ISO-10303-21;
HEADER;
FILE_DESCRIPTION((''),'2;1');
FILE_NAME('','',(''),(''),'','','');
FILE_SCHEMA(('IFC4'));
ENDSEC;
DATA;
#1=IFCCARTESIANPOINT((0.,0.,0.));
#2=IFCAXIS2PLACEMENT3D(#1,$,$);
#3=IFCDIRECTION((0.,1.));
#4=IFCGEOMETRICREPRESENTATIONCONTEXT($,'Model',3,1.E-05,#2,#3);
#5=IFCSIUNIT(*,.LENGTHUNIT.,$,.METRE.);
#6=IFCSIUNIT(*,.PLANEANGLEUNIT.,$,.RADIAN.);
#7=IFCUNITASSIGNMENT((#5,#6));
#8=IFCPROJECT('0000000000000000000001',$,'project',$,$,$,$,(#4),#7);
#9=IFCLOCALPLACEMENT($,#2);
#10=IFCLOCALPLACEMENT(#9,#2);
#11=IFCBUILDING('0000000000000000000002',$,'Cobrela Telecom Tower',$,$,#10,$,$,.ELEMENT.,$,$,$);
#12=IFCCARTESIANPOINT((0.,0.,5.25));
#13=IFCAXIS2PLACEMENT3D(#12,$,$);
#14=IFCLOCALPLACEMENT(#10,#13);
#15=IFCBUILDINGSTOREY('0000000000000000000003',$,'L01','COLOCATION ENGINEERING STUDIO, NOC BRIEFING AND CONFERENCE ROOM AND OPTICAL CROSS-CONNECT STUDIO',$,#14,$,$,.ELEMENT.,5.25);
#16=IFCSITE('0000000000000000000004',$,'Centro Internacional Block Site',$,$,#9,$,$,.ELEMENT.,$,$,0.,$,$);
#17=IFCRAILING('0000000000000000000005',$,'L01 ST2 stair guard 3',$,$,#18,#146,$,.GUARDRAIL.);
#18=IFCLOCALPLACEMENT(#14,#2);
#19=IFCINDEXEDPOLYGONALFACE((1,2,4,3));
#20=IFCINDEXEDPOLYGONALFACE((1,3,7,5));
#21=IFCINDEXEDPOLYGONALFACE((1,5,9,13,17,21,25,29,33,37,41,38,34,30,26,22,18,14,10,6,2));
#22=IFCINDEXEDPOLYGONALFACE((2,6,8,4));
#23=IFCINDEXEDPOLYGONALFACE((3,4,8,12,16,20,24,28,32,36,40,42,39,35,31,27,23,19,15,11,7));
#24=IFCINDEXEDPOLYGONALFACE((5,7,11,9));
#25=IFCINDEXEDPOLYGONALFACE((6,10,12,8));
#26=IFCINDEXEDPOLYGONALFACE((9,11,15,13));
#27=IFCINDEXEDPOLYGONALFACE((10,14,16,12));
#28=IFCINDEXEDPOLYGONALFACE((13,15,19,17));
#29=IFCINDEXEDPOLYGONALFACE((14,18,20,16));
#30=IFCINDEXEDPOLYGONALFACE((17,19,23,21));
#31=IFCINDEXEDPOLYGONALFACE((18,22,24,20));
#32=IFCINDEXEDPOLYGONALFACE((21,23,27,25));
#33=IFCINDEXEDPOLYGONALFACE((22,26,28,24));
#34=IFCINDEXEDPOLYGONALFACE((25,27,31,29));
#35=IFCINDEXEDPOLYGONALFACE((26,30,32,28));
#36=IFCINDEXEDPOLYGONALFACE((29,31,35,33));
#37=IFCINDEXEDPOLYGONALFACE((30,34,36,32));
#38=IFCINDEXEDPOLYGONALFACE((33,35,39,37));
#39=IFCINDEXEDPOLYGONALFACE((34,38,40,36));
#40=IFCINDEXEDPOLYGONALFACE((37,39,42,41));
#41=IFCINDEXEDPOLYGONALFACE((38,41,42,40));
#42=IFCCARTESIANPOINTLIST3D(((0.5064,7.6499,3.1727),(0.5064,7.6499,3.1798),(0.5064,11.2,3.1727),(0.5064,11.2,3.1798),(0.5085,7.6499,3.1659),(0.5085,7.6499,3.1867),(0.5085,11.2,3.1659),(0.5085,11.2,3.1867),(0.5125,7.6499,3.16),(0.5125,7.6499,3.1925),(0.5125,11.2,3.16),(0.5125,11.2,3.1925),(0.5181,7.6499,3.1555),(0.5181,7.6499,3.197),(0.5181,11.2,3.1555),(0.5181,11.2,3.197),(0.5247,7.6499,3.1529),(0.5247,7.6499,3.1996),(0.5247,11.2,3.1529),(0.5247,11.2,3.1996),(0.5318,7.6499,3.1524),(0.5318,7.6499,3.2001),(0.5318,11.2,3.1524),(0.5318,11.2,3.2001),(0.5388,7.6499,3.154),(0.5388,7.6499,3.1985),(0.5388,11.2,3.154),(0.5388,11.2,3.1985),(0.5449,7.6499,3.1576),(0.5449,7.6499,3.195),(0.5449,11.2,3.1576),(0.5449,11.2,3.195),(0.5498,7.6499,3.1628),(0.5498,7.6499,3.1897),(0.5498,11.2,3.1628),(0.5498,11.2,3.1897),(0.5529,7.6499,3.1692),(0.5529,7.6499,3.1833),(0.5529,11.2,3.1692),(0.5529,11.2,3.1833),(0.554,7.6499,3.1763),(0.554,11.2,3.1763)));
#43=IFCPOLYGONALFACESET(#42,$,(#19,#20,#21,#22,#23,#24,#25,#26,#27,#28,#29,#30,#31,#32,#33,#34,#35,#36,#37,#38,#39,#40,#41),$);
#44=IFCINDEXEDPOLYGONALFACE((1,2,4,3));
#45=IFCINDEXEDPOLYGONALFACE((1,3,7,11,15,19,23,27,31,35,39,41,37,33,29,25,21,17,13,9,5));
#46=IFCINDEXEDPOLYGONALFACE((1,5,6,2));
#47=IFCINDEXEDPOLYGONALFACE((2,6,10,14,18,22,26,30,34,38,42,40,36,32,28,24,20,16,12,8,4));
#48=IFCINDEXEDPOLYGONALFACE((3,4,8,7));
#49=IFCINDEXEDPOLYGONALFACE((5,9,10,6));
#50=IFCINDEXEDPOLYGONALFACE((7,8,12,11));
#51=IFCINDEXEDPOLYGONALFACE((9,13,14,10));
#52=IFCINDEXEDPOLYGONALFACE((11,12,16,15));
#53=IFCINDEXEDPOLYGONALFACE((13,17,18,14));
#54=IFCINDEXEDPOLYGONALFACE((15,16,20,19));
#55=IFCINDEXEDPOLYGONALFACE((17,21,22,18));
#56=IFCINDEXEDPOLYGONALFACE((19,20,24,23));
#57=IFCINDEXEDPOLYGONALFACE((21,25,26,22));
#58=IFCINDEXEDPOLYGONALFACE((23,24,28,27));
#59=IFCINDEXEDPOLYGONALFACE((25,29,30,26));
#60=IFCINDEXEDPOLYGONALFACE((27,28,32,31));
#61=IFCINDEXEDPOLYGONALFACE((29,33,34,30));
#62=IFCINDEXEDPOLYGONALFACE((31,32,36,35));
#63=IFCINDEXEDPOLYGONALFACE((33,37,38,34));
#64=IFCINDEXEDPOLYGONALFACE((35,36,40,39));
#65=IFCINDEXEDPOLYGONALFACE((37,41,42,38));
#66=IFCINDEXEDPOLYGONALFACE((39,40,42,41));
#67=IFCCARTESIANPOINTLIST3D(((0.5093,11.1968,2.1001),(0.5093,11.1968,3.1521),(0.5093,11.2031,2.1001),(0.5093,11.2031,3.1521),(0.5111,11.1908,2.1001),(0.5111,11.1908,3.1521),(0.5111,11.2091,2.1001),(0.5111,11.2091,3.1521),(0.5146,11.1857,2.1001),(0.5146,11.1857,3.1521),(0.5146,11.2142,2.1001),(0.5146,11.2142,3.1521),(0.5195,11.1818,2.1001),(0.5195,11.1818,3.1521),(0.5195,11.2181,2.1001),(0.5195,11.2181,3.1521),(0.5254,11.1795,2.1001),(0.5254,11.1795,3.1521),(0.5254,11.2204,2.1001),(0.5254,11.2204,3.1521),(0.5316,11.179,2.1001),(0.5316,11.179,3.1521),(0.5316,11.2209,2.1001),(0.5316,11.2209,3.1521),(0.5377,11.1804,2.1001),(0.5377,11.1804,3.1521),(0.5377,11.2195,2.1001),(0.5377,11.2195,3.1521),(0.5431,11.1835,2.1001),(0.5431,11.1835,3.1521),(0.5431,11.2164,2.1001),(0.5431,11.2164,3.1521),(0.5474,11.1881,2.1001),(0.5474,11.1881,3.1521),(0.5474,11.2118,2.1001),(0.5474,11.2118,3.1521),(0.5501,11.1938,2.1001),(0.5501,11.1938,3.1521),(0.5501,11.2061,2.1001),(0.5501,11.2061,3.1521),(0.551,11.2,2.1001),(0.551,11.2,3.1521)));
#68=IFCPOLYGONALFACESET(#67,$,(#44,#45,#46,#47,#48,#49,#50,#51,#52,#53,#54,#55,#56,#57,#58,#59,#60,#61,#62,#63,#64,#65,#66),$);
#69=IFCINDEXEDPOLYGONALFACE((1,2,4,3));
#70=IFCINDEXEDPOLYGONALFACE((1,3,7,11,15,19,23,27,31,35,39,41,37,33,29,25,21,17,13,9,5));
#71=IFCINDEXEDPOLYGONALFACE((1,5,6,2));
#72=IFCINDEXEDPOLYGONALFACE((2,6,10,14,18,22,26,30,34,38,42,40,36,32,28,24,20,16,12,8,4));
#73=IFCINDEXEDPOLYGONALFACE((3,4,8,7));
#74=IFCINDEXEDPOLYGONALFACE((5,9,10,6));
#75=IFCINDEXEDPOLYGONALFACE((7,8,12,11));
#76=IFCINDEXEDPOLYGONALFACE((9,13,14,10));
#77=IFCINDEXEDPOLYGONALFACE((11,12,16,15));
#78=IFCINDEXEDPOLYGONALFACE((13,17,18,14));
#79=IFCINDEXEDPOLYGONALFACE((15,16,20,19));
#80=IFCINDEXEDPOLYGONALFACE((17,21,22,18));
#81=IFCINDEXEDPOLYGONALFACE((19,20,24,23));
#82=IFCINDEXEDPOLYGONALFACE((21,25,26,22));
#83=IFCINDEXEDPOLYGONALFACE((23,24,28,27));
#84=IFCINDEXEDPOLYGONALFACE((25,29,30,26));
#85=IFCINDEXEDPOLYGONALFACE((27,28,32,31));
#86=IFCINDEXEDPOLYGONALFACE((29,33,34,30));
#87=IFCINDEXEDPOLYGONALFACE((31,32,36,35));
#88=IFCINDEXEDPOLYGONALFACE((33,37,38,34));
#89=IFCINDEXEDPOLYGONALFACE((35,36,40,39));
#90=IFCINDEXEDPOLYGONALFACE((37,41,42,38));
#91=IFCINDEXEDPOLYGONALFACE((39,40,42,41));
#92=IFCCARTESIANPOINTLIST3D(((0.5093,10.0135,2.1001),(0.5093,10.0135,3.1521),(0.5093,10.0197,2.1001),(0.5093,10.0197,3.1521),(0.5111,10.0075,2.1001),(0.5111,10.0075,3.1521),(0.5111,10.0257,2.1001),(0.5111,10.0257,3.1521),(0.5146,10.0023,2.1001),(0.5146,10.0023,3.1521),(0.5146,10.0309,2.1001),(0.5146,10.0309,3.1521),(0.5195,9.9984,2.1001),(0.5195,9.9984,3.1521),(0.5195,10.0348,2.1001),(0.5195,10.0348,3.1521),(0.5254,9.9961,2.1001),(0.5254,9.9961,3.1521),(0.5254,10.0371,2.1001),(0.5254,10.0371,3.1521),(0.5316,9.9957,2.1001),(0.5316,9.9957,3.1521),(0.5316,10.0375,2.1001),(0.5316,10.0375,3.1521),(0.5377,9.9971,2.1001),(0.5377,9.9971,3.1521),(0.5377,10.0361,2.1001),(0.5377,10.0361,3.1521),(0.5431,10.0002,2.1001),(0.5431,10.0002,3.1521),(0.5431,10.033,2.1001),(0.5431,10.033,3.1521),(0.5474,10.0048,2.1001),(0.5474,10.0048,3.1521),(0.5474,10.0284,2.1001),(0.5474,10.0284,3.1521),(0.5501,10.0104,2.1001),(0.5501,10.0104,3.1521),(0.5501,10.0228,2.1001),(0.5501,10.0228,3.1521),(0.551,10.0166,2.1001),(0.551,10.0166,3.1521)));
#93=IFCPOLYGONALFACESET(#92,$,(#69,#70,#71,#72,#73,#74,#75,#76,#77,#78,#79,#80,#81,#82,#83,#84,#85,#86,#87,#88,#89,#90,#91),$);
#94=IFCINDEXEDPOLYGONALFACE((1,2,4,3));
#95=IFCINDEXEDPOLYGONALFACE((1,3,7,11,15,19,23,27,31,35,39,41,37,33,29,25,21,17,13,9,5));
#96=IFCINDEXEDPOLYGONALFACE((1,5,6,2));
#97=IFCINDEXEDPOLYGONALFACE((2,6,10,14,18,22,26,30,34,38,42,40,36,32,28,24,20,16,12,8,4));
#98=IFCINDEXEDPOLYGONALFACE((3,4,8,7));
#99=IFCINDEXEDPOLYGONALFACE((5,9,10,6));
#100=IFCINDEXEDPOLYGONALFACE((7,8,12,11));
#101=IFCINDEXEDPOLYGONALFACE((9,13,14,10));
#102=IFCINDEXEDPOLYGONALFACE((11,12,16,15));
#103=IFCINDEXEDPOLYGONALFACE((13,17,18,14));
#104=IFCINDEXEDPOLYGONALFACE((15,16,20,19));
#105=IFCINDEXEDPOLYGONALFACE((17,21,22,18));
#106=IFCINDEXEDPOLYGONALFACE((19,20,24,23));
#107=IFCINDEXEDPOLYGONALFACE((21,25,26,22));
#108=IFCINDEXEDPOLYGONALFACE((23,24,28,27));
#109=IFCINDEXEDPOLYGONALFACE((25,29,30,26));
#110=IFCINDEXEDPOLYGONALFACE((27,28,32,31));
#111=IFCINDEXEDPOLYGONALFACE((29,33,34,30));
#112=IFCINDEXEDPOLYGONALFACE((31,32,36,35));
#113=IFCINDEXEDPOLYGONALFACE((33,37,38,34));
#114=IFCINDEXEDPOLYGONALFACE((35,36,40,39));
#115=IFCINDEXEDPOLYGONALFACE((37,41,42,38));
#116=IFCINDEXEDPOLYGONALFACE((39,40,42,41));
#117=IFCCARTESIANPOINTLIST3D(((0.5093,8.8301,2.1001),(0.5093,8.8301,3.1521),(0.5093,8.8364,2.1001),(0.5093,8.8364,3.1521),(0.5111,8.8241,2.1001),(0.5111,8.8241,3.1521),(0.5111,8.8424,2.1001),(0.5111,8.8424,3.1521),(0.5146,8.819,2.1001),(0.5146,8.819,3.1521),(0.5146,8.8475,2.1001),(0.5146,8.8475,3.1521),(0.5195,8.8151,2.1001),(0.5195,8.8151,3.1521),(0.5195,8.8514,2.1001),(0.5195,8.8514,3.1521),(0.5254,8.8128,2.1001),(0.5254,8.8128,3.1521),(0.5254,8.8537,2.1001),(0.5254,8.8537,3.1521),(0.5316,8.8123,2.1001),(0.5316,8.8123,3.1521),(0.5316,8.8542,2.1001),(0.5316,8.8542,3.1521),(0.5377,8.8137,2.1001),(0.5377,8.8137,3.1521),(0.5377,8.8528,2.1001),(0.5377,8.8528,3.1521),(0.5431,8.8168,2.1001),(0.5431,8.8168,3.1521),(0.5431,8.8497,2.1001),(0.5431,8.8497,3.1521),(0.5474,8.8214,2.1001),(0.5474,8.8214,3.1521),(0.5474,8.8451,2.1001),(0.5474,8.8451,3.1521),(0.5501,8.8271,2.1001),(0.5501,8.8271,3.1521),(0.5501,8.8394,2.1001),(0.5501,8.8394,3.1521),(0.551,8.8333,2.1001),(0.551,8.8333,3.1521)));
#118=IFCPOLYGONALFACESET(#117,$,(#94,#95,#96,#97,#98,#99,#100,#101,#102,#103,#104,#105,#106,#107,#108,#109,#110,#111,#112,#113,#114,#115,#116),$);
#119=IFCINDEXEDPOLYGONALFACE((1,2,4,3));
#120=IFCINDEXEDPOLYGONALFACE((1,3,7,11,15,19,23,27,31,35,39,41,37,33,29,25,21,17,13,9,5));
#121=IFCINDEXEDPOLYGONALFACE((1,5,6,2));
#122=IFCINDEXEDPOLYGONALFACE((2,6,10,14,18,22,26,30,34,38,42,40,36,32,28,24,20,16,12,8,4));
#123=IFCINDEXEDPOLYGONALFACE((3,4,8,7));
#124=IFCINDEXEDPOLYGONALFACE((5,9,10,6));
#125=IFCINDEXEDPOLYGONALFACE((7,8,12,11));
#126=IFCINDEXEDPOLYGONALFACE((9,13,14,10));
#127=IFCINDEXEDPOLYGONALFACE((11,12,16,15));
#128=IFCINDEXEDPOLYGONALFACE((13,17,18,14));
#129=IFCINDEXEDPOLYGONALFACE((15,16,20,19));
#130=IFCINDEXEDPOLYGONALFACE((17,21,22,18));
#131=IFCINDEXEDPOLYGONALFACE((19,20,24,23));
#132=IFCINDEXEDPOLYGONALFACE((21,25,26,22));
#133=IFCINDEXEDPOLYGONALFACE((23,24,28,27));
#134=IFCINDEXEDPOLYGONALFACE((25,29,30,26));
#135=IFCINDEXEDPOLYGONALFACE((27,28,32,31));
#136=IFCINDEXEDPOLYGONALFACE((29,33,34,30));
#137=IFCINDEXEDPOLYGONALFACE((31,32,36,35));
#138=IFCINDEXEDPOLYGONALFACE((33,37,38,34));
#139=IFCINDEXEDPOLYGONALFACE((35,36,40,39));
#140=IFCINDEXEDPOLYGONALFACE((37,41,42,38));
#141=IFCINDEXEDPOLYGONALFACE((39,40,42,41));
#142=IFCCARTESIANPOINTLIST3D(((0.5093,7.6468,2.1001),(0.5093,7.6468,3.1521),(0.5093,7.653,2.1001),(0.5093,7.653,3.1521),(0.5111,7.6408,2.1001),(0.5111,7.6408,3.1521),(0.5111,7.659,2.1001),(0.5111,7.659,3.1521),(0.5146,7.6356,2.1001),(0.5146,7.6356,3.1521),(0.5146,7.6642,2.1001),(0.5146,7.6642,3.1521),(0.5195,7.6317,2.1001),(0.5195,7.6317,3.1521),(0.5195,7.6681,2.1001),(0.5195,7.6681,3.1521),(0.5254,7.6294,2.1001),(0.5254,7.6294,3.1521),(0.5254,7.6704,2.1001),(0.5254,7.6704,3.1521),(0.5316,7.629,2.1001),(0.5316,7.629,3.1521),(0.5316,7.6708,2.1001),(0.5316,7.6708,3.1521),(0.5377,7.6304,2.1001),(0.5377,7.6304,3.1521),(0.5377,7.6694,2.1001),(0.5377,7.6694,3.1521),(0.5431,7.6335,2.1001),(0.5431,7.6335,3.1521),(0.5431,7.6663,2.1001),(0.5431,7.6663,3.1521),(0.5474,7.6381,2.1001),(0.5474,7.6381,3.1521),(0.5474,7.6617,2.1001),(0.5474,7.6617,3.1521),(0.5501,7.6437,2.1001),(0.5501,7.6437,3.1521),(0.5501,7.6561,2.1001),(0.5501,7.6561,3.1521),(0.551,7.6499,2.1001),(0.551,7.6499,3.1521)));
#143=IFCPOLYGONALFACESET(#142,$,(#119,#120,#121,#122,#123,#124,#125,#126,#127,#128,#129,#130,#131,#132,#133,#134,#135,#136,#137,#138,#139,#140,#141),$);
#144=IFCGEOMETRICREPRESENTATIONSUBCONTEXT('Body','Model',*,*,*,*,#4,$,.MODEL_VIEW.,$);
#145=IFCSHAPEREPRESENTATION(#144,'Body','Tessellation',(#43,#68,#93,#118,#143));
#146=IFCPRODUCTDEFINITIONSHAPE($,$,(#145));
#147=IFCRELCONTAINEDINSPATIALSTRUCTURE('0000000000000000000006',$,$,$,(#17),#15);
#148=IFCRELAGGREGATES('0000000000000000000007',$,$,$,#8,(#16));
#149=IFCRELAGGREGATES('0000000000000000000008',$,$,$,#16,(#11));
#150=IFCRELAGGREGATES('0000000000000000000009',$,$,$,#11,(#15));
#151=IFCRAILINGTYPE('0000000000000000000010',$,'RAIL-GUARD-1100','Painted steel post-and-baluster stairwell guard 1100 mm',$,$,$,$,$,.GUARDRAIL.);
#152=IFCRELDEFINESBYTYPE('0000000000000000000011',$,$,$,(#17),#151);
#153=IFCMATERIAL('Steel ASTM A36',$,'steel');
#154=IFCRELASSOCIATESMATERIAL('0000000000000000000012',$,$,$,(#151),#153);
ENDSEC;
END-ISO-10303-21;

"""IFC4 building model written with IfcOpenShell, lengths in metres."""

from ifc_helpers import new_model, si_unit, direction, frame, origin, origin_2d, place, context, subcontext, project, spatial, circle, extrude, material, type_object, element, save


model = new_model("IFC4")

# Units and contexts
model_context = context("Model", 3, precision=1e-05, world=origin(), true_north=direction((0.0, 1.0)))
body_context = subcontext(model_context, "Body", "Model", "MODEL_VIEW")
ifc_project = project(units=[si_unit("LENGTHUNIT", "METRE"), si_unit("PLANEANGLEUNIT", "RADIAN")], contexts=[model_context])

# Site, building, storey
site_placement = place(None, origin())
site = spatial("IfcSite", under=ifc_project, at=site_placement, Name="Centro Internacional Block Site", CompositionType="ELEMENT", RefElevation=0.0)
building_placement = place(site_placement, origin())
building = spatial("IfcBuilding", under=site, at=building_placement, Name="Cobrela Telecom Tower", CompositionType="ELEMENT")
storey_placement = place(building_placement, frame((0.0, 0.0, 5.25)))
storey = spatial("IfcBuildingStorey", under=building, at=storey_placement, Name="L01", Description="COLOCATION ENGINEERING STUDIO, NOC BRIEFING AND CONFERENCE ROOM AND OPTICAL CROSS-CONNECT STUDIO", CompositionType="ELEMENT", Elevation=5.25)

# Railing
ifc_material_1 = material(Name="Steel ASTM A36", Category="steel")
railing_type_1 = type_object("IfcRailingType", Name="RAIL-GUARD-1100", Description="Painted steel post-and-baluster stairwell guard 1100 mm", PredefinedType="GUARDRAIL", material=ifc_material_1)
railing_1_placement = place(storey_placement, frame((0.53, 11.2, 2.1001)))
element("IfcRailing", 1, at=railing_1_placement, inside=storey, type_object=railing_type_1, Name="L01 ST2 stair guard 3", PredefinedType="GUARDRAIL", context=body_context, shape_type="SweptSolid", body=[
    extrude(circle(Radius=0.0239, at=origin_2d()), frame((0.0, 0.0, 1.0762), z_axis=(0.0, -1.0, 0.0), x_axis=(1.0, 0.0, 0.0)), (0.0, 0.0, 1.0), 3.55),
    extrude(circle(Radius=0.021, at=origin_2d()), origin(), (0.0, 0.0, 1.0), 1.052),
    extrude(circle(Radius=0.021, at=origin_2d()), frame((0.0, -1.1833, 0.0)), (0.0, 0.0, 1.0), 1.052),
    extrude(circle(Radius=0.021, at=origin_2d()), frame((0.0, -2.3667, 0.0)), (0.0, 0.0, 1.0), 1.052),
    extrude(circle(Radius=0.021, at=origin_2d()), frame((0.0, -3.55, 0.0)), (0.0, 0.0, 1.0), 1.052),
])

save(model, "model.ifc")
